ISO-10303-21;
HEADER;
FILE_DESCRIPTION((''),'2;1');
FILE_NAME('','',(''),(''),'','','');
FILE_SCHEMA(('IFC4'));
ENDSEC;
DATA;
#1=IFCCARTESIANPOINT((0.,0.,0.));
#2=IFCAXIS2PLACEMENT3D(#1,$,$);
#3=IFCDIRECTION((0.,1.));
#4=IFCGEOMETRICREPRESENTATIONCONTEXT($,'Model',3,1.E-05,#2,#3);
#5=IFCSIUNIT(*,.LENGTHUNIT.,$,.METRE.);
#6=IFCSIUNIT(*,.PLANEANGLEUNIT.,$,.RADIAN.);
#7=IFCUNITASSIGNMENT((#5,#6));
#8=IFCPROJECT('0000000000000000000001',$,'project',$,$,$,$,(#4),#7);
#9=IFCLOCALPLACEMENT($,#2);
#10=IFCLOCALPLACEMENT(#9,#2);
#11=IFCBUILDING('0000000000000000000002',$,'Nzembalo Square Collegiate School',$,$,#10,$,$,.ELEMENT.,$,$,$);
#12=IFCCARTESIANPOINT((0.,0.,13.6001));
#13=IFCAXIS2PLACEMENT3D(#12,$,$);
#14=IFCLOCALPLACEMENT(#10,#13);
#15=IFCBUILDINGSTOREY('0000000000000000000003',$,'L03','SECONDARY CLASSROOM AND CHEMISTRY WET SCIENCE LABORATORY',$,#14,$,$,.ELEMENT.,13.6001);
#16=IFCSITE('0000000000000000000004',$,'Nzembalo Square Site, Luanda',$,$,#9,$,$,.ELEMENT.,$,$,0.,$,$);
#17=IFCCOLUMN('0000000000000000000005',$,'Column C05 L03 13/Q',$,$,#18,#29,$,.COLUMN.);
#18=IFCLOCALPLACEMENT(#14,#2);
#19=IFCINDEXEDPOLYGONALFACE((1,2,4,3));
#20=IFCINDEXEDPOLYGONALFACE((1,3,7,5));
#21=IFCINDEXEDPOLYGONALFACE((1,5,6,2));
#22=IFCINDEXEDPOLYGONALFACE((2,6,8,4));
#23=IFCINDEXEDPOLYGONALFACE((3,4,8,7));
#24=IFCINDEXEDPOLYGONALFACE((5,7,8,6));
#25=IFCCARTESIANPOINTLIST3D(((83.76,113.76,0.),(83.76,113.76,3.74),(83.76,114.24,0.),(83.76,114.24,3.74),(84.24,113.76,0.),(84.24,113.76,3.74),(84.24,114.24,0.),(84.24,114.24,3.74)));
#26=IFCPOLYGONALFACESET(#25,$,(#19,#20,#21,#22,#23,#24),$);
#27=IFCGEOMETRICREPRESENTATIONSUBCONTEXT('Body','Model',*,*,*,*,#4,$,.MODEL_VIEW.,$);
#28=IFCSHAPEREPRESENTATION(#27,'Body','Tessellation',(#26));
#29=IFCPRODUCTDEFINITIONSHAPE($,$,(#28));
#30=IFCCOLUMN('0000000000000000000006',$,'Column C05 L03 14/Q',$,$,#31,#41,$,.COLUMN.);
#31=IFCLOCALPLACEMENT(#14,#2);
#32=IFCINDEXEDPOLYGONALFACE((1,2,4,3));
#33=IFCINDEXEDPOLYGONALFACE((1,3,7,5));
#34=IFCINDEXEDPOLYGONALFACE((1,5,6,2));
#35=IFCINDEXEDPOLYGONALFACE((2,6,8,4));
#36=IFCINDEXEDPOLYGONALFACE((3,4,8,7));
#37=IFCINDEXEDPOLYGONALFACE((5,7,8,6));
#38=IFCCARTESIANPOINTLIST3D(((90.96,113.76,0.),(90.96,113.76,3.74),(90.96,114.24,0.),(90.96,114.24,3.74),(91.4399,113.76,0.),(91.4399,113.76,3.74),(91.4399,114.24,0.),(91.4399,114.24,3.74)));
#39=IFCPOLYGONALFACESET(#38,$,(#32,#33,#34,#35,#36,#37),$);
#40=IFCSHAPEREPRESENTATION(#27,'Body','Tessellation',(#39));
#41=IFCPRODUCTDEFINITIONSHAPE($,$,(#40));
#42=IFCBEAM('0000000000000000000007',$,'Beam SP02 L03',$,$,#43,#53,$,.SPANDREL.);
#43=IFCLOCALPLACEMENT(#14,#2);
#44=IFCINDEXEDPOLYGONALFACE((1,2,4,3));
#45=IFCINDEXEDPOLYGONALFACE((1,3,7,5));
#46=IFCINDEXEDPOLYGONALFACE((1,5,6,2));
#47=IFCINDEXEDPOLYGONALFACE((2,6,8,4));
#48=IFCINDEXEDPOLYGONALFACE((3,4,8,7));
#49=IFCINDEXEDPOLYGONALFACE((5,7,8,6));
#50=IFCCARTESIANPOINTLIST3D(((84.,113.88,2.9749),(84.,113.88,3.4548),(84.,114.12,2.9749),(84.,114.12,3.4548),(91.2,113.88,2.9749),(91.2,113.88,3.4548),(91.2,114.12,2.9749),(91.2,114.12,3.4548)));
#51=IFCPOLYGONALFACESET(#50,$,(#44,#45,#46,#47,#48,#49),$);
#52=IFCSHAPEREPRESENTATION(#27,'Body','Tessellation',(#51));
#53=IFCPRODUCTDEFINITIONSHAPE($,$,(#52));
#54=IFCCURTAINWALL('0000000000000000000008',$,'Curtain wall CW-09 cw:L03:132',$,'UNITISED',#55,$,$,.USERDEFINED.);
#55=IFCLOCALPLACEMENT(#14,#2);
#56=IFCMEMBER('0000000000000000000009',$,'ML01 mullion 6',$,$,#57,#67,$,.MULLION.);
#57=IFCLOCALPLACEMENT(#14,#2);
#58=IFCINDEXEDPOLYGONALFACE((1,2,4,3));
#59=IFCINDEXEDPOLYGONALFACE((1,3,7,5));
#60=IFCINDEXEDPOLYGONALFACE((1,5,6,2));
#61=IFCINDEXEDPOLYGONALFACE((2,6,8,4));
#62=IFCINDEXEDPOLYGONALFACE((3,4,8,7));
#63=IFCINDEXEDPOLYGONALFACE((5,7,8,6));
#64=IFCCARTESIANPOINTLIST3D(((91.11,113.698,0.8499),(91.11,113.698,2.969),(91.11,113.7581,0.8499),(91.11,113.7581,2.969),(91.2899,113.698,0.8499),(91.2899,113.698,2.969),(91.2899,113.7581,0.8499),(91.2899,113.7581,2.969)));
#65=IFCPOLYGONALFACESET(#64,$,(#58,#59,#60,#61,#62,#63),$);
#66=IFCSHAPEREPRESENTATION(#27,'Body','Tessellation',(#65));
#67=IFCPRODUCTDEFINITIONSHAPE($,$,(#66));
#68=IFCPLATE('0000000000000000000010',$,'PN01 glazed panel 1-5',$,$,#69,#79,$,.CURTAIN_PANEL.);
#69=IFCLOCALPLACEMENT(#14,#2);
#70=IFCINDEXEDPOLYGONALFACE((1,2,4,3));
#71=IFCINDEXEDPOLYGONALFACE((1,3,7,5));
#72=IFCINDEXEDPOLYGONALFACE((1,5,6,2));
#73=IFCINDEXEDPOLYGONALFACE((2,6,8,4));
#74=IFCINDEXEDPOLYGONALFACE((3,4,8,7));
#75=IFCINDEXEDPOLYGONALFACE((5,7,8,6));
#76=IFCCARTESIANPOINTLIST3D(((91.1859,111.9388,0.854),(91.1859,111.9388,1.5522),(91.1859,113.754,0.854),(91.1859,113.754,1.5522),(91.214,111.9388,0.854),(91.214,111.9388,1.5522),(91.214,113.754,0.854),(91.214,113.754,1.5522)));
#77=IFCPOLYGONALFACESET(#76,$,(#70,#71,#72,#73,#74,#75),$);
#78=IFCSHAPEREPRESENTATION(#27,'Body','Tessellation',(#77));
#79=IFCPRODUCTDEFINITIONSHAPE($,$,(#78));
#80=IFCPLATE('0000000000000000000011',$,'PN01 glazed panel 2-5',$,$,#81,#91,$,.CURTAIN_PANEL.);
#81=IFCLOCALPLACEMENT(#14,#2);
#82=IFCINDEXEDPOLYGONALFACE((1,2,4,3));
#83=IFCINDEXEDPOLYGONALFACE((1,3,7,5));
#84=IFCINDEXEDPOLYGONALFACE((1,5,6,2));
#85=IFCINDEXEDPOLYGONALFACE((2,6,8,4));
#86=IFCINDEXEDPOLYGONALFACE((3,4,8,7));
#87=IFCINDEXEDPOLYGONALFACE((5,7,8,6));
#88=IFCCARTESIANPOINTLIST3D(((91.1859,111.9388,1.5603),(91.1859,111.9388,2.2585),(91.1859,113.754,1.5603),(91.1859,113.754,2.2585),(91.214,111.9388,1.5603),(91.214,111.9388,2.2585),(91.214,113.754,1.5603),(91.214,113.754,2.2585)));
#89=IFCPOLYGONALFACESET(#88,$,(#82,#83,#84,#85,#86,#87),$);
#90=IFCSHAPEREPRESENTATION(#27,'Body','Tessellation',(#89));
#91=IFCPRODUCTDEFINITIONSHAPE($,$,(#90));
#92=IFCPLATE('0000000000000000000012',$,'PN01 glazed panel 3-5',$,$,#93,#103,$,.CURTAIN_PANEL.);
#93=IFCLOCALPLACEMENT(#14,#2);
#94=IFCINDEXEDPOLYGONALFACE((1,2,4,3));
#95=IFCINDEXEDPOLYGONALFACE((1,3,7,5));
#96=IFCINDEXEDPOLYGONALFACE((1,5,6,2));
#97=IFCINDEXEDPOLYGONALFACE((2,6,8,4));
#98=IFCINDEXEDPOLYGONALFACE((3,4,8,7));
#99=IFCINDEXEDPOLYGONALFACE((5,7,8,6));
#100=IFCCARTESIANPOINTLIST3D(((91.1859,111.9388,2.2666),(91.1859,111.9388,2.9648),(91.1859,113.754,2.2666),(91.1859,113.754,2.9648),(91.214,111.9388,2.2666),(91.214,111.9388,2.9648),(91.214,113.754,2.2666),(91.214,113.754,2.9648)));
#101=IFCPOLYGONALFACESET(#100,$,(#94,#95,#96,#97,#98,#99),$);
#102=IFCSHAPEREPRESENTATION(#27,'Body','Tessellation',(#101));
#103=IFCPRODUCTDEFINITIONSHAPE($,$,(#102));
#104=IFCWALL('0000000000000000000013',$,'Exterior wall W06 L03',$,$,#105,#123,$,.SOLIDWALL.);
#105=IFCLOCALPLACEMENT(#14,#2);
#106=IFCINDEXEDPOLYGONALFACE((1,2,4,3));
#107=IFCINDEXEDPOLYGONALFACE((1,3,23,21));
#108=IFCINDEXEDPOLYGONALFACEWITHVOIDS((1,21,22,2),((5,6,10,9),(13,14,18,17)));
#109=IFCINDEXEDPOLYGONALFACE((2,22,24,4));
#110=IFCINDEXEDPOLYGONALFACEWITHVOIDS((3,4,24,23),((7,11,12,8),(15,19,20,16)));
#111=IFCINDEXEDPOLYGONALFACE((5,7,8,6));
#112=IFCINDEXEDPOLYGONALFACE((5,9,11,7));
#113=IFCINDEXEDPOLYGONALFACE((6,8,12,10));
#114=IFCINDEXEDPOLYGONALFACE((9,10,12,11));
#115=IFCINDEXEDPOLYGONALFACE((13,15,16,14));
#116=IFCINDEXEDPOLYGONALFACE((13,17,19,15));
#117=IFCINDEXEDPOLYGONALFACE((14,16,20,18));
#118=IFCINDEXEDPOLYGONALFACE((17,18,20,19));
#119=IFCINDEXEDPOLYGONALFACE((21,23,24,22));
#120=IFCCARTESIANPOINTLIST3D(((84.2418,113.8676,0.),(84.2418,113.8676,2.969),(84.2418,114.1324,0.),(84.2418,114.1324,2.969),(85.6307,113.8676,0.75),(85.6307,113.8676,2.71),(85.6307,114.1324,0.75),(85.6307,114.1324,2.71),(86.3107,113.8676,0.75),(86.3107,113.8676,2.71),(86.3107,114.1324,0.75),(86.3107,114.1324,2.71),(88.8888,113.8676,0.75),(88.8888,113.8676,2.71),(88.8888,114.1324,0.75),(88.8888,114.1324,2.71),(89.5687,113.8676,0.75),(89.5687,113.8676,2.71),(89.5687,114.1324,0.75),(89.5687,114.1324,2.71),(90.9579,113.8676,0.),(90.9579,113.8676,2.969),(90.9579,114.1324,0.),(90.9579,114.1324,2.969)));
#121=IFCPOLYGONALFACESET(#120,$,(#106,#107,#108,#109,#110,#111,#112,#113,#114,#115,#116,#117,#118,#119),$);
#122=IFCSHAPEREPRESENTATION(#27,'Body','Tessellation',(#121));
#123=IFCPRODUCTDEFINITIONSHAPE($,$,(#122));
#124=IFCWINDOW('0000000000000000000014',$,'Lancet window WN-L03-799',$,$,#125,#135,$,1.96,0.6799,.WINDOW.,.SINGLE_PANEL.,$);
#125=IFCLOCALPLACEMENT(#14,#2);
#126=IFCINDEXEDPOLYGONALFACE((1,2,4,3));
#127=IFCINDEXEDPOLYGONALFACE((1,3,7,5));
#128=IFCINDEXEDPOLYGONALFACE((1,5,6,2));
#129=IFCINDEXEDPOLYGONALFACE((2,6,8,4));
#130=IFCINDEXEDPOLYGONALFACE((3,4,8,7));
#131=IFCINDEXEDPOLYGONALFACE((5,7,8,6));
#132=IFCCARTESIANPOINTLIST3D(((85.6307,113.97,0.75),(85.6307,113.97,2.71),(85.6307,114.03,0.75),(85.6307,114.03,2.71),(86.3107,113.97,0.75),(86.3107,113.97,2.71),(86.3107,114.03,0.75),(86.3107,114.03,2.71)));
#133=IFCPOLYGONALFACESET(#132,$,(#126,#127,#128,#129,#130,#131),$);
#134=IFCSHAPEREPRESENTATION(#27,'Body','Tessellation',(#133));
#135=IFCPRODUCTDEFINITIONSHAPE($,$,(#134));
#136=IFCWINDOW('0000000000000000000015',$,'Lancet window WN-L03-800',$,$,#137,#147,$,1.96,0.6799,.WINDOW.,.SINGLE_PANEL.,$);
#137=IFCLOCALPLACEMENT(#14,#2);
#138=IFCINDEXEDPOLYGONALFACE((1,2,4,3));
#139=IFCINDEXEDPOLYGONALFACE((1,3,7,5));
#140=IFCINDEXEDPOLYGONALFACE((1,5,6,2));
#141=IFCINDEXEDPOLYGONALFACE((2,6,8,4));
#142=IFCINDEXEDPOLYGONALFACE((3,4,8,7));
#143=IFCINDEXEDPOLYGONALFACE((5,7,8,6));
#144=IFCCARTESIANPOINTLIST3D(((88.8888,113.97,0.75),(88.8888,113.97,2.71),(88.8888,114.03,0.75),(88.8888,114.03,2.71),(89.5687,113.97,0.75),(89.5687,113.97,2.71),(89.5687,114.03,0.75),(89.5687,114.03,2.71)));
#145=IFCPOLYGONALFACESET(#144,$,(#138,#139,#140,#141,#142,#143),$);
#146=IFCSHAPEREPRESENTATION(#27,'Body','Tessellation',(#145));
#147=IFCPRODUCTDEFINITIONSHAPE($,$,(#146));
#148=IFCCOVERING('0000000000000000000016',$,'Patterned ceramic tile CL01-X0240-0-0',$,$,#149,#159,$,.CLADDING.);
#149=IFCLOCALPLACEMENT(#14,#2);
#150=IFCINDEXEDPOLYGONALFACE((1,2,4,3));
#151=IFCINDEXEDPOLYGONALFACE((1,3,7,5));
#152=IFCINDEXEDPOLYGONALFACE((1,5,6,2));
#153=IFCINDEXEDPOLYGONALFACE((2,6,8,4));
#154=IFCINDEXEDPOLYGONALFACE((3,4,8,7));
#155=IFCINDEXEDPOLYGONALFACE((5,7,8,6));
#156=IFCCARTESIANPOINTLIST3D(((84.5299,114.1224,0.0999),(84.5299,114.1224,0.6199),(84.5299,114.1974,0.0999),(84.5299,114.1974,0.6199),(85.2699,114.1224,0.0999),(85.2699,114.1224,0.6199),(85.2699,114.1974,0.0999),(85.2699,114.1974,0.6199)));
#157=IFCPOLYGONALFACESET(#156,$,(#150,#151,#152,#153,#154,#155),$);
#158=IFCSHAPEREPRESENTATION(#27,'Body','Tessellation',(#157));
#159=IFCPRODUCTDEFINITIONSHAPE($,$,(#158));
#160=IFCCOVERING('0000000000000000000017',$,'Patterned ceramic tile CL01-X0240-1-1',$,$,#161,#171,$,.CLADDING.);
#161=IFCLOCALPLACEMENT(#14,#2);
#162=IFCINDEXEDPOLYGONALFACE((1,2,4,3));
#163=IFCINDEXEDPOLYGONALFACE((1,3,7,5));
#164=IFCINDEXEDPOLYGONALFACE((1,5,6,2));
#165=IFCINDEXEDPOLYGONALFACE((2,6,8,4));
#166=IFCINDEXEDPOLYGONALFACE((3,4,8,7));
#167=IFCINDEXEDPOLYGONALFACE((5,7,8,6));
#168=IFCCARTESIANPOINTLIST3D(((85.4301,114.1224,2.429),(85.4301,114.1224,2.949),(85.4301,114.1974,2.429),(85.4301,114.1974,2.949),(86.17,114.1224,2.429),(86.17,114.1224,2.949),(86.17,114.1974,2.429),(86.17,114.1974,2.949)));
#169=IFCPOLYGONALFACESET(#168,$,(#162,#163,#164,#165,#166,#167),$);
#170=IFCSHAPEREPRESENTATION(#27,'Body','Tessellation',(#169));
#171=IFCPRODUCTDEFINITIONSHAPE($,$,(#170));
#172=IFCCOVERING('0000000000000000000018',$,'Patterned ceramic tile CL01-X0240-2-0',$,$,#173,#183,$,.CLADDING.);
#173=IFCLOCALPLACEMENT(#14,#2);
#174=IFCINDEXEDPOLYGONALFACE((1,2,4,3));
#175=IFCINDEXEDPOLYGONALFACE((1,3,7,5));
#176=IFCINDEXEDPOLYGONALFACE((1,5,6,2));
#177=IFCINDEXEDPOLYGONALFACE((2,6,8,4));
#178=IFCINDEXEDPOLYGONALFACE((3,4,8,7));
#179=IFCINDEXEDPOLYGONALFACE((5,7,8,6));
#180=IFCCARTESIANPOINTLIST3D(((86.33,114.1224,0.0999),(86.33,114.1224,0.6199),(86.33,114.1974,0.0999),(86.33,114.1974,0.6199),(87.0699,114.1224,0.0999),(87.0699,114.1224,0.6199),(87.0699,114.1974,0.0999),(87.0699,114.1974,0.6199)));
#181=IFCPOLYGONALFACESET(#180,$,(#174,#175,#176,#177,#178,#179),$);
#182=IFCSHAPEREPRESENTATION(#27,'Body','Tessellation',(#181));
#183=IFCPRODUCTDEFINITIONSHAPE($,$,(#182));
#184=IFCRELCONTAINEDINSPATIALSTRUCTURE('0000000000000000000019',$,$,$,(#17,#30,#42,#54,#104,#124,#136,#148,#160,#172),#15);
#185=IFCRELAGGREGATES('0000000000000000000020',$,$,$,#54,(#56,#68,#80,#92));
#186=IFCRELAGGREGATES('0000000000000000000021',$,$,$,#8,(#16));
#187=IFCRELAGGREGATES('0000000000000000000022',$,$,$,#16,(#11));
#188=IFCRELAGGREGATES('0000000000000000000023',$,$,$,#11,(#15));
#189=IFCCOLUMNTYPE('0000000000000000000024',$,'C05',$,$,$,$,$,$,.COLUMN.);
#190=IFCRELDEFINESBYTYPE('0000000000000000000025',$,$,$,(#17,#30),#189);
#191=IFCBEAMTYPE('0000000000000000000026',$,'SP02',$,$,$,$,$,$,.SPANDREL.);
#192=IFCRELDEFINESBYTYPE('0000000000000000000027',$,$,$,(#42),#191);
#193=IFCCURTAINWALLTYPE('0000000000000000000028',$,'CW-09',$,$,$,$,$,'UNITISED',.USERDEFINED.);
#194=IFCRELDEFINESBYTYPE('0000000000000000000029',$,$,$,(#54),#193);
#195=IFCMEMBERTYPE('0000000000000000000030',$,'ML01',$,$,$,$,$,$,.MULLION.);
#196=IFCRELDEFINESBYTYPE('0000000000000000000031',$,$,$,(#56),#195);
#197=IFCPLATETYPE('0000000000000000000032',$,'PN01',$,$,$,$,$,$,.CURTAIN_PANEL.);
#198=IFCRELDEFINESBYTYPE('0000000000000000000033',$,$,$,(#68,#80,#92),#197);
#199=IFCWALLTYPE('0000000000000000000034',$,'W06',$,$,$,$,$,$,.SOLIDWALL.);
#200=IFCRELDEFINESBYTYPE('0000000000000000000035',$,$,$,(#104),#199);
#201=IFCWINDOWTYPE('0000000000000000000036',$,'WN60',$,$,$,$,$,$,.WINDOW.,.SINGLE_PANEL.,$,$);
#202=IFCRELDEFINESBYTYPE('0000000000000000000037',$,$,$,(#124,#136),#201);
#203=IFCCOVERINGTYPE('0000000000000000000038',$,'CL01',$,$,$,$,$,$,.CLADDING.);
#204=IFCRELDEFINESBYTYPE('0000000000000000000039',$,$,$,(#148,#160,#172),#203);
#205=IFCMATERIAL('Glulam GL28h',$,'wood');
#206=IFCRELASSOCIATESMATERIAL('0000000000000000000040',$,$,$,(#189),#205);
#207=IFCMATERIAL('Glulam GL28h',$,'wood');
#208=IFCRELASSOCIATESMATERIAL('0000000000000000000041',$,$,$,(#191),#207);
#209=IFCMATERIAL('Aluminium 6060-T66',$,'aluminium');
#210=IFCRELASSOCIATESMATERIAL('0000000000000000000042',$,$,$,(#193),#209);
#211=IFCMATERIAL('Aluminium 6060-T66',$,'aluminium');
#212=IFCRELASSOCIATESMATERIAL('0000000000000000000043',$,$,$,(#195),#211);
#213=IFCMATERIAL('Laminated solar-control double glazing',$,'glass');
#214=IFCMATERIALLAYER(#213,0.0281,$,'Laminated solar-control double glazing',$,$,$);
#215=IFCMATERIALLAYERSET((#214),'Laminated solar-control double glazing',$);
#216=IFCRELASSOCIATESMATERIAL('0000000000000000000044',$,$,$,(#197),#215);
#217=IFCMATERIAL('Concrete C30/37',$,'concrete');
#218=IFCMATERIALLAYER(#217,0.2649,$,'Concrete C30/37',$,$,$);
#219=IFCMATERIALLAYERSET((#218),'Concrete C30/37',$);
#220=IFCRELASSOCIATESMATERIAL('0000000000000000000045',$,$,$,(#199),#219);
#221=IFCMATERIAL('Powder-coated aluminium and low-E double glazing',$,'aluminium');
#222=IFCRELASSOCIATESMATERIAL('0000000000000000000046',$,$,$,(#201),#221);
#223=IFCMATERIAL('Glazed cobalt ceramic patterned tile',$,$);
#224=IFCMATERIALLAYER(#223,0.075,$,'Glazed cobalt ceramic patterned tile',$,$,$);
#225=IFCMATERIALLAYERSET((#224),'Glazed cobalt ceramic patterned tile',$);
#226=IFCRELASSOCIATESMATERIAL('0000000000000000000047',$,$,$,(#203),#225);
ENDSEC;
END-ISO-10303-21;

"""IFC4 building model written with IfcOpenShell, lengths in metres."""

from ifc_helpers import new_model, si_unit, direction, frame, frame_2d, origin, origin_2d, place, context, subcontext, project, spatial, rectangle, extrude, material, layer, layer_set, material_profile, profile_set, type_object, element, fill, aggregate, save


model = new_model("IFC4")

# Units and contexts
model_context = context("Model", 3, precision=1e-05, world=origin(), true_north=direction((0.0, 1.0)))
body_context = subcontext(model_context, "Body", "Model", "MODEL_VIEW")
ifc_project = project(units=[si_unit("LENGTHUNIT", "METRE"), si_unit("PLANEANGLEUNIT", "RADIAN")], contexts=[model_context])

# Site, building, storey
site_placement = place(None, origin())
site = spatial("IfcSite", under=ifc_project, at=site_placement, Name="Nzembalo Square Site, Luanda", CompositionType="ELEMENT", RefElevation=0.0)
building_placement = place(site_placement, origin())
building = spatial("IfcBuilding", under=site, at=building_placement, Name="Nzembalo Square Collegiate School", CompositionType="ELEMENT")
storey_placement = place(building_placement, frame((0.0, 0.0, 13.6001)))
storey = spatial("IfcBuildingStorey", under=building, at=storey_placement, Name="L03", Description="SECONDARY CLASSROOM AND CHEMISTRY WET SCIENCE LABORATORY", CompositionType="ELEMENT", Elevation=13.6001)

# Columns
ifc_material_1 = material(Name="Glulam GL28h", Category="wood")
ifc_material_profile_1 = material_profile(ifc_material_1, rectangle(XDim=0.48, YDim=0.48, at=origin_2d()), Name="GL28h 480x480")
ifc_profile_set_1 = profile_set([ifc_material_profile_1], Name="Glulam GL28h")
column_type = type_object("IfcColumnType", Name="C05", PredefinedType="COLUMN", material=ifc_profile_set_1)
for number, where, z_axis, x_axis, name in (
    (1, (84.0, 114.0, 0.0), (0.0, 0.0, 1.0), (1.0, 0.0, 0.0), "Column C05 L03 13/Q"),
    (2, (91.2, 114.0, 0.0), (0.0, 0.0, 1.0), (1.0, 0.0, 0.0), "Column C05 L03 14/Q"),
):
    element("IfcColumn", number, at=place(storey_placement, frame(where, z_axis=z_axis, x_axis=x_axis)), inside=storey, type_object=column_type, Name=name, PredefinedType="COLUMN", context=body_context, shape_type="SweptSolid", body=[
        extrude(rectangle(XDim=0.48, YDim=0.48, at=origin_2d()), origin(), (0.0, 0.0, 1.0), 3.74),
    ])

# Beam
ifc_material_2 = material(Name="Glulam GL28h", Category="wood")
ifc_material_profile_2 = material_profile(ifc_material_2, rectangle(XDim=0.24, YDim=0.48, at=origin_2d()), Name="GL28h 240x480")
ifc_profile_set_2 = profile_set([ifc_material_profile_2], Name="Glulam GL28h")
beam_type = type_object("IfcBeamType", Name="SP02", PredefinedType="SPANDREL", material=ifc_profile_set_2)
beam_placement = place(storey_placement, frame((84.0, 114.0, 3.2148), z_axis=(1.0, 0.0, 0.0), x_axis=(0.0, 1.0, 0.0)))
element("IfcBeam", 3, at=beam_placement, inside=storey, type_object=beam_type, Name="Beam SP02 L03", PredefinedType="SPANDREL", context=body_context, shape_type="SweptSolid", body=[
    extrude(rectangle(XDim=0.24, YDim=0.48, at=origin_2d()), origin(), (0.0, 0.0, 1.0), 7.2),
])

# Curtain wall, member, plates
ifc_material_3 = material(Name="Aluminium 6060-T66", Category="aluminium")
curtain_wall_type = type_object("IfcCurtainWallType", Name="CW-09", ElementType="UNITISED", PredefinedType="USERDEFINED", material=ifc_material_3)
curtain_wall_placement = place(storey_placement, origin())
curtain_wall = element("IfcCurtainWall", 4, at=curtain_wall_placement, inside=storey, type_object=curtain_wall_type, Name="Curtain wall CW-09 cw:L03:132", ObjectType="UNITISED", PredefinedType="USERDEFINED")
ifc_material_4 = material(Name="Aluminium 6060-T66", Category="aluminium")
ifc_material_profile_3 = material_profile(ifc_material_4, rectangle(XDim=0.0601, YDim=0.1799, at=origin_2d()), Name="ALU M60x180")
ifc_profile_set_3 = profile_set([ifc_material_profile_3], Name="Aluminium 6060-T66")
member_type = type_object("IfcMemberType", Name="ML01", PredefinedType="MULLION", material=ifc_profile_set_3)
member_placement = place(storey_placement, frame((91.2, 113.728, 0.8499), z_axis=(0.0, 0.0, 1.0), x_axis=(0.0, 1.0, 0.0)))
member = element("IfcMember", 5, at=member_placement, type_object=member_type, Name="ML01 mullion 6", PredefinedType="MULLION", context=body_context, shape_type="SweptSolid", body=[
    extrude(rectangle(XDim=0.0601, YDim=0.1799, at=origin_2d()), origin(), (0.0, 0.0, 1.0), 2.1191),
])
ifc_material_5 = material(Name="Laminated solar-control double glazing", Category="glass")
ifc_layer_1 = layer(ifc_material_5, 0.0281, Name="Laminated solar-control double glazing")
ifc_layer_set_1 = layer_set([ifc_layer_1], Name="Laminated solar-control double glazing")
plate_type = type_object("IfcPlateType", Name="PN01", PredefinedType="CURTAIN_PANEL", material=ifc_layer_set_1)
plate_1_placement = place(storey_placement, frame((91.2, 112.8464, 0.854), z_axis=(0.0, 0.0, 1.0), x_axis=(0.0, 1.0, 0.0)))
plate_1 = element("IfcPlate", 6, at=plate_1_placement, type_object=plate_type, Name="PN01 glazed panel 1-5", PredefinedType="CURTAIN_PANEL", context=body_context, shape_type="SweptSolid", body=[
    extrude(rectangle(XDim=1.8152, YDim=0.0281, at=origin_2d()), origin(), (0.0, 0.0, 1.0), 0.6982),
])
plate_2_placement = place(storey_placement, frame((91.2, 112.8464, 1.5603), z_axis=(0.0, 0.0, 1.0), x_axis=(0.0, 1.0, 0.0)))
plate_2 = element("IfcPlate", 7, at=plate_2_placement, type_object=plate_type, Name="PN01 glazed panel 2-5", PredefinedType="CURTAIN_PANEL", context=body_context, shape_type="SweptSolid", body=[
    extrude(rectangle(XDim=1.8152, YDim=0.0281, at=origin_2d()), origin(), (0.0, 0.0, 1.0), 0.6982),
])
plate_3_placement = place(storey_placement, frame((91.2, 112.8464, 2.2666), z_axis=(0.0, 0.0, 1.0), x_axis=(0.0, 1.0, 0.0)))
plate_3 = element("IfcPlate", 8, at=plate_3_placement, type_object=plate_type, Name="PN01 glazed panel 3-5", PredefinedType="CURTAIN_PANEL", context=body_context, shape_type="SweptSolid", body=[
    extrude(rectangle(XDim=1.8152, YDim=0.0281, at=origin_2d()), origin(), (0.0, 0.0, 1.0), 0.6982),
])
aggregate(curtain_wall, [member, plate_1, plate_2, plate_3])

# Wall, openings, windows
ifc_material_6 = material(Name="Concrete C30/37", Category="concrete")
ifc_layer_2 = layer(ifc_material_6, 0.2649, Name="Concrete C30/37")
ifc_layer_set_2 = layer_set([ifc_layer_2], Name="Concrete C30/37")
wall_type = type_object("IfcWallType", Name="W06", PredefinedType="SOLIDWALL", material=ifc_layer_set_2)
wall_placement = place(storey_placement, frame((84.2419, 114.0, 0.0), z_axis=(0.0, 0.0, 1.0), x_axis=(1.0, 0.0, 0.0)))
wall = element("IfcWall", 9, at=wall_placement, inside=storey, type_object=wall_type, Name="Exterior wall W06 L03", PredefinedType="SOLIDWALL", context=body_context, shape_type="SweptSolid", body=[
    extrude(rectangle(XDim=6.7161, YDim=0.2649, at=frame_2d((3.3579, 0.0))), origin(), (0.0, 0.0, 1.0), 2.969),
])
opening_1_placement = place(wall_placement, frame((1.3889, 0.0, 0.75)))
opening_1 = element("IfcOpeningElement", 10, at=opening_1_placement, cuts=wall, PredefinedType="OPENING", context=body_context, shape_type="SweptSolid", body=[
    extrude(rectangle(XDim=0.6799, YDim=1.96, at=frame_2d((0.3398, 0.98))), frame((0.0, 0.1426, 0.0), z_axis=(0.0, -1.0, 0.0), x_axis=(1.0, 0.0, 0.0)), (0.0, 0.0, 1.0), 0.2849),
])
opening_2_placement = place(wall_placement, frame((4.647, 0.0, 0.75)))
opening_2 = element("IfcOpeningElement", 11, at=opening_2_placement, cuts=wall, PredefinedType="OPENING", context=body_context, shape_type="SweptSolid", body=[
    extrude(rectangle(XDim=0.6799, YDim=1.96, at=frame_2d((0.3398, 0.98))), frame((0.0, 0.1426, 0.0), z_axis=(0.0, -1.0, 0.0), x_axis=(1.0, 0.0, 0.0)), (0.0, 0.0, 1.0), 0.2849),
])
ifc_material_7 = material(Name="Powder-coated aluminium and low-E double glazing", Category="aluminium")
window_type = type_object("IfcWindowType", Name="WN60", PartitioningType="SINGLE_PANEL", PredefinedType="WINDOW", material=ifc_material_7)
window_1_placement = place(opening_1_placement, origin())
window_1 = element("IfcWindow", 12, at=window_1_placement, inside=storey, type_object=window_type, Name="Lancet window WN-L03-799", OverallHeight=1.96, OverallWidth=0.6799, PartitioningType="SINGLE_PANEL", PredefinedType="WINDOW", context=body_context, shape_type="SweptSolid", body=[
    extrude(rectangle(XDim=0.6799, YDim=1.96, at=frame_2d((0.3398, 0.98))), frame((0.0, 0.03, 0.0), z_axis=(0.0, -1.0, 0.0), x_axis=(1.0, 0.0, 0.0)), (0.0, 0.0, 1.0), 0.0601),
])
fill(opening_1, window_1)
window_2_placement = place(opening_2_placement, origin())
window_2 = element("IfcWindow", 13, at=window_2_placement, inside=storey, type_object=window_type, Name="Lancet window WN-L03-800", OverallHeight=1.96, OverallWidth=0.6799, PartitioningType="SINGLE_PANEL", PredefinedType="WINDOW", context=body_context, shape_type="SweptSolid", body=[
    extrude(rectangle(XDim=0.6799, YDim=1.96, at=frame_2d((0.3398, 0.98))), frame((0.0, 0.03, 0.0), z_axis=(0.0, -1.0, 0.0), x_axis=(1.0, 0.0, 0.0)), (0.0, 0.0, 1.0), 0.0601),
])
fill(opening_2, window_2)

# Coverings
ifc_material_8 = material(Name="Glazed cobalt ceramic patterned tile")
ifc_layer_3 = layer(ifc_material_8, 0.075, Name="Glazed cobalt ceramic patterned tile")
ifc_layer_set_3 = layer_set([ifc_layer_3], Name="Glazed cobalt ceramic patterned tile")
covering_type_1 = type_object("IfcCoveringType", Name="CL01", PredefinedType="CLADDING", material=ifc_layer_set_3)
for number, where, z_axis, x_axis, name in (
    (14, (84.8999, 114.1599, 0.0999), (0.0, 0.0, 1.0), (1.0, 0.0, 0.0), "Patterned ceramic tile CL01-X0240-0-0"),
    (15, (85.8, 114.1599, 2.429), (0.0, 0.0, 1.0), (1.0, 0.0, 0.0), "Patterned ceramic tile CL01-X0240-1-1"),
    (16, (86.7, 114.1599, 0.0999), (0.0, 0.0, 1.0), (1.0, 0.0, 0.0), "Patterned ceramic tile CL01-X0240-2-0"),
):
    element("IfcCovering", number, at=place(storey_placement, frame(where, z_axis=z_axis, x_axis=x_axis)), inside=storey, type_object=covering_type_1, Name=name, PredefinedType="CLADDING", context=body_context, shape_type="SweptSolid", body=[
        extrude(rectangle(XDim=0.74, YDim=0.075, at=origin_2d()), origin(), (0.0, 0.0, 1.0), 0.52),
    ])

save(model, "model.ifc")
